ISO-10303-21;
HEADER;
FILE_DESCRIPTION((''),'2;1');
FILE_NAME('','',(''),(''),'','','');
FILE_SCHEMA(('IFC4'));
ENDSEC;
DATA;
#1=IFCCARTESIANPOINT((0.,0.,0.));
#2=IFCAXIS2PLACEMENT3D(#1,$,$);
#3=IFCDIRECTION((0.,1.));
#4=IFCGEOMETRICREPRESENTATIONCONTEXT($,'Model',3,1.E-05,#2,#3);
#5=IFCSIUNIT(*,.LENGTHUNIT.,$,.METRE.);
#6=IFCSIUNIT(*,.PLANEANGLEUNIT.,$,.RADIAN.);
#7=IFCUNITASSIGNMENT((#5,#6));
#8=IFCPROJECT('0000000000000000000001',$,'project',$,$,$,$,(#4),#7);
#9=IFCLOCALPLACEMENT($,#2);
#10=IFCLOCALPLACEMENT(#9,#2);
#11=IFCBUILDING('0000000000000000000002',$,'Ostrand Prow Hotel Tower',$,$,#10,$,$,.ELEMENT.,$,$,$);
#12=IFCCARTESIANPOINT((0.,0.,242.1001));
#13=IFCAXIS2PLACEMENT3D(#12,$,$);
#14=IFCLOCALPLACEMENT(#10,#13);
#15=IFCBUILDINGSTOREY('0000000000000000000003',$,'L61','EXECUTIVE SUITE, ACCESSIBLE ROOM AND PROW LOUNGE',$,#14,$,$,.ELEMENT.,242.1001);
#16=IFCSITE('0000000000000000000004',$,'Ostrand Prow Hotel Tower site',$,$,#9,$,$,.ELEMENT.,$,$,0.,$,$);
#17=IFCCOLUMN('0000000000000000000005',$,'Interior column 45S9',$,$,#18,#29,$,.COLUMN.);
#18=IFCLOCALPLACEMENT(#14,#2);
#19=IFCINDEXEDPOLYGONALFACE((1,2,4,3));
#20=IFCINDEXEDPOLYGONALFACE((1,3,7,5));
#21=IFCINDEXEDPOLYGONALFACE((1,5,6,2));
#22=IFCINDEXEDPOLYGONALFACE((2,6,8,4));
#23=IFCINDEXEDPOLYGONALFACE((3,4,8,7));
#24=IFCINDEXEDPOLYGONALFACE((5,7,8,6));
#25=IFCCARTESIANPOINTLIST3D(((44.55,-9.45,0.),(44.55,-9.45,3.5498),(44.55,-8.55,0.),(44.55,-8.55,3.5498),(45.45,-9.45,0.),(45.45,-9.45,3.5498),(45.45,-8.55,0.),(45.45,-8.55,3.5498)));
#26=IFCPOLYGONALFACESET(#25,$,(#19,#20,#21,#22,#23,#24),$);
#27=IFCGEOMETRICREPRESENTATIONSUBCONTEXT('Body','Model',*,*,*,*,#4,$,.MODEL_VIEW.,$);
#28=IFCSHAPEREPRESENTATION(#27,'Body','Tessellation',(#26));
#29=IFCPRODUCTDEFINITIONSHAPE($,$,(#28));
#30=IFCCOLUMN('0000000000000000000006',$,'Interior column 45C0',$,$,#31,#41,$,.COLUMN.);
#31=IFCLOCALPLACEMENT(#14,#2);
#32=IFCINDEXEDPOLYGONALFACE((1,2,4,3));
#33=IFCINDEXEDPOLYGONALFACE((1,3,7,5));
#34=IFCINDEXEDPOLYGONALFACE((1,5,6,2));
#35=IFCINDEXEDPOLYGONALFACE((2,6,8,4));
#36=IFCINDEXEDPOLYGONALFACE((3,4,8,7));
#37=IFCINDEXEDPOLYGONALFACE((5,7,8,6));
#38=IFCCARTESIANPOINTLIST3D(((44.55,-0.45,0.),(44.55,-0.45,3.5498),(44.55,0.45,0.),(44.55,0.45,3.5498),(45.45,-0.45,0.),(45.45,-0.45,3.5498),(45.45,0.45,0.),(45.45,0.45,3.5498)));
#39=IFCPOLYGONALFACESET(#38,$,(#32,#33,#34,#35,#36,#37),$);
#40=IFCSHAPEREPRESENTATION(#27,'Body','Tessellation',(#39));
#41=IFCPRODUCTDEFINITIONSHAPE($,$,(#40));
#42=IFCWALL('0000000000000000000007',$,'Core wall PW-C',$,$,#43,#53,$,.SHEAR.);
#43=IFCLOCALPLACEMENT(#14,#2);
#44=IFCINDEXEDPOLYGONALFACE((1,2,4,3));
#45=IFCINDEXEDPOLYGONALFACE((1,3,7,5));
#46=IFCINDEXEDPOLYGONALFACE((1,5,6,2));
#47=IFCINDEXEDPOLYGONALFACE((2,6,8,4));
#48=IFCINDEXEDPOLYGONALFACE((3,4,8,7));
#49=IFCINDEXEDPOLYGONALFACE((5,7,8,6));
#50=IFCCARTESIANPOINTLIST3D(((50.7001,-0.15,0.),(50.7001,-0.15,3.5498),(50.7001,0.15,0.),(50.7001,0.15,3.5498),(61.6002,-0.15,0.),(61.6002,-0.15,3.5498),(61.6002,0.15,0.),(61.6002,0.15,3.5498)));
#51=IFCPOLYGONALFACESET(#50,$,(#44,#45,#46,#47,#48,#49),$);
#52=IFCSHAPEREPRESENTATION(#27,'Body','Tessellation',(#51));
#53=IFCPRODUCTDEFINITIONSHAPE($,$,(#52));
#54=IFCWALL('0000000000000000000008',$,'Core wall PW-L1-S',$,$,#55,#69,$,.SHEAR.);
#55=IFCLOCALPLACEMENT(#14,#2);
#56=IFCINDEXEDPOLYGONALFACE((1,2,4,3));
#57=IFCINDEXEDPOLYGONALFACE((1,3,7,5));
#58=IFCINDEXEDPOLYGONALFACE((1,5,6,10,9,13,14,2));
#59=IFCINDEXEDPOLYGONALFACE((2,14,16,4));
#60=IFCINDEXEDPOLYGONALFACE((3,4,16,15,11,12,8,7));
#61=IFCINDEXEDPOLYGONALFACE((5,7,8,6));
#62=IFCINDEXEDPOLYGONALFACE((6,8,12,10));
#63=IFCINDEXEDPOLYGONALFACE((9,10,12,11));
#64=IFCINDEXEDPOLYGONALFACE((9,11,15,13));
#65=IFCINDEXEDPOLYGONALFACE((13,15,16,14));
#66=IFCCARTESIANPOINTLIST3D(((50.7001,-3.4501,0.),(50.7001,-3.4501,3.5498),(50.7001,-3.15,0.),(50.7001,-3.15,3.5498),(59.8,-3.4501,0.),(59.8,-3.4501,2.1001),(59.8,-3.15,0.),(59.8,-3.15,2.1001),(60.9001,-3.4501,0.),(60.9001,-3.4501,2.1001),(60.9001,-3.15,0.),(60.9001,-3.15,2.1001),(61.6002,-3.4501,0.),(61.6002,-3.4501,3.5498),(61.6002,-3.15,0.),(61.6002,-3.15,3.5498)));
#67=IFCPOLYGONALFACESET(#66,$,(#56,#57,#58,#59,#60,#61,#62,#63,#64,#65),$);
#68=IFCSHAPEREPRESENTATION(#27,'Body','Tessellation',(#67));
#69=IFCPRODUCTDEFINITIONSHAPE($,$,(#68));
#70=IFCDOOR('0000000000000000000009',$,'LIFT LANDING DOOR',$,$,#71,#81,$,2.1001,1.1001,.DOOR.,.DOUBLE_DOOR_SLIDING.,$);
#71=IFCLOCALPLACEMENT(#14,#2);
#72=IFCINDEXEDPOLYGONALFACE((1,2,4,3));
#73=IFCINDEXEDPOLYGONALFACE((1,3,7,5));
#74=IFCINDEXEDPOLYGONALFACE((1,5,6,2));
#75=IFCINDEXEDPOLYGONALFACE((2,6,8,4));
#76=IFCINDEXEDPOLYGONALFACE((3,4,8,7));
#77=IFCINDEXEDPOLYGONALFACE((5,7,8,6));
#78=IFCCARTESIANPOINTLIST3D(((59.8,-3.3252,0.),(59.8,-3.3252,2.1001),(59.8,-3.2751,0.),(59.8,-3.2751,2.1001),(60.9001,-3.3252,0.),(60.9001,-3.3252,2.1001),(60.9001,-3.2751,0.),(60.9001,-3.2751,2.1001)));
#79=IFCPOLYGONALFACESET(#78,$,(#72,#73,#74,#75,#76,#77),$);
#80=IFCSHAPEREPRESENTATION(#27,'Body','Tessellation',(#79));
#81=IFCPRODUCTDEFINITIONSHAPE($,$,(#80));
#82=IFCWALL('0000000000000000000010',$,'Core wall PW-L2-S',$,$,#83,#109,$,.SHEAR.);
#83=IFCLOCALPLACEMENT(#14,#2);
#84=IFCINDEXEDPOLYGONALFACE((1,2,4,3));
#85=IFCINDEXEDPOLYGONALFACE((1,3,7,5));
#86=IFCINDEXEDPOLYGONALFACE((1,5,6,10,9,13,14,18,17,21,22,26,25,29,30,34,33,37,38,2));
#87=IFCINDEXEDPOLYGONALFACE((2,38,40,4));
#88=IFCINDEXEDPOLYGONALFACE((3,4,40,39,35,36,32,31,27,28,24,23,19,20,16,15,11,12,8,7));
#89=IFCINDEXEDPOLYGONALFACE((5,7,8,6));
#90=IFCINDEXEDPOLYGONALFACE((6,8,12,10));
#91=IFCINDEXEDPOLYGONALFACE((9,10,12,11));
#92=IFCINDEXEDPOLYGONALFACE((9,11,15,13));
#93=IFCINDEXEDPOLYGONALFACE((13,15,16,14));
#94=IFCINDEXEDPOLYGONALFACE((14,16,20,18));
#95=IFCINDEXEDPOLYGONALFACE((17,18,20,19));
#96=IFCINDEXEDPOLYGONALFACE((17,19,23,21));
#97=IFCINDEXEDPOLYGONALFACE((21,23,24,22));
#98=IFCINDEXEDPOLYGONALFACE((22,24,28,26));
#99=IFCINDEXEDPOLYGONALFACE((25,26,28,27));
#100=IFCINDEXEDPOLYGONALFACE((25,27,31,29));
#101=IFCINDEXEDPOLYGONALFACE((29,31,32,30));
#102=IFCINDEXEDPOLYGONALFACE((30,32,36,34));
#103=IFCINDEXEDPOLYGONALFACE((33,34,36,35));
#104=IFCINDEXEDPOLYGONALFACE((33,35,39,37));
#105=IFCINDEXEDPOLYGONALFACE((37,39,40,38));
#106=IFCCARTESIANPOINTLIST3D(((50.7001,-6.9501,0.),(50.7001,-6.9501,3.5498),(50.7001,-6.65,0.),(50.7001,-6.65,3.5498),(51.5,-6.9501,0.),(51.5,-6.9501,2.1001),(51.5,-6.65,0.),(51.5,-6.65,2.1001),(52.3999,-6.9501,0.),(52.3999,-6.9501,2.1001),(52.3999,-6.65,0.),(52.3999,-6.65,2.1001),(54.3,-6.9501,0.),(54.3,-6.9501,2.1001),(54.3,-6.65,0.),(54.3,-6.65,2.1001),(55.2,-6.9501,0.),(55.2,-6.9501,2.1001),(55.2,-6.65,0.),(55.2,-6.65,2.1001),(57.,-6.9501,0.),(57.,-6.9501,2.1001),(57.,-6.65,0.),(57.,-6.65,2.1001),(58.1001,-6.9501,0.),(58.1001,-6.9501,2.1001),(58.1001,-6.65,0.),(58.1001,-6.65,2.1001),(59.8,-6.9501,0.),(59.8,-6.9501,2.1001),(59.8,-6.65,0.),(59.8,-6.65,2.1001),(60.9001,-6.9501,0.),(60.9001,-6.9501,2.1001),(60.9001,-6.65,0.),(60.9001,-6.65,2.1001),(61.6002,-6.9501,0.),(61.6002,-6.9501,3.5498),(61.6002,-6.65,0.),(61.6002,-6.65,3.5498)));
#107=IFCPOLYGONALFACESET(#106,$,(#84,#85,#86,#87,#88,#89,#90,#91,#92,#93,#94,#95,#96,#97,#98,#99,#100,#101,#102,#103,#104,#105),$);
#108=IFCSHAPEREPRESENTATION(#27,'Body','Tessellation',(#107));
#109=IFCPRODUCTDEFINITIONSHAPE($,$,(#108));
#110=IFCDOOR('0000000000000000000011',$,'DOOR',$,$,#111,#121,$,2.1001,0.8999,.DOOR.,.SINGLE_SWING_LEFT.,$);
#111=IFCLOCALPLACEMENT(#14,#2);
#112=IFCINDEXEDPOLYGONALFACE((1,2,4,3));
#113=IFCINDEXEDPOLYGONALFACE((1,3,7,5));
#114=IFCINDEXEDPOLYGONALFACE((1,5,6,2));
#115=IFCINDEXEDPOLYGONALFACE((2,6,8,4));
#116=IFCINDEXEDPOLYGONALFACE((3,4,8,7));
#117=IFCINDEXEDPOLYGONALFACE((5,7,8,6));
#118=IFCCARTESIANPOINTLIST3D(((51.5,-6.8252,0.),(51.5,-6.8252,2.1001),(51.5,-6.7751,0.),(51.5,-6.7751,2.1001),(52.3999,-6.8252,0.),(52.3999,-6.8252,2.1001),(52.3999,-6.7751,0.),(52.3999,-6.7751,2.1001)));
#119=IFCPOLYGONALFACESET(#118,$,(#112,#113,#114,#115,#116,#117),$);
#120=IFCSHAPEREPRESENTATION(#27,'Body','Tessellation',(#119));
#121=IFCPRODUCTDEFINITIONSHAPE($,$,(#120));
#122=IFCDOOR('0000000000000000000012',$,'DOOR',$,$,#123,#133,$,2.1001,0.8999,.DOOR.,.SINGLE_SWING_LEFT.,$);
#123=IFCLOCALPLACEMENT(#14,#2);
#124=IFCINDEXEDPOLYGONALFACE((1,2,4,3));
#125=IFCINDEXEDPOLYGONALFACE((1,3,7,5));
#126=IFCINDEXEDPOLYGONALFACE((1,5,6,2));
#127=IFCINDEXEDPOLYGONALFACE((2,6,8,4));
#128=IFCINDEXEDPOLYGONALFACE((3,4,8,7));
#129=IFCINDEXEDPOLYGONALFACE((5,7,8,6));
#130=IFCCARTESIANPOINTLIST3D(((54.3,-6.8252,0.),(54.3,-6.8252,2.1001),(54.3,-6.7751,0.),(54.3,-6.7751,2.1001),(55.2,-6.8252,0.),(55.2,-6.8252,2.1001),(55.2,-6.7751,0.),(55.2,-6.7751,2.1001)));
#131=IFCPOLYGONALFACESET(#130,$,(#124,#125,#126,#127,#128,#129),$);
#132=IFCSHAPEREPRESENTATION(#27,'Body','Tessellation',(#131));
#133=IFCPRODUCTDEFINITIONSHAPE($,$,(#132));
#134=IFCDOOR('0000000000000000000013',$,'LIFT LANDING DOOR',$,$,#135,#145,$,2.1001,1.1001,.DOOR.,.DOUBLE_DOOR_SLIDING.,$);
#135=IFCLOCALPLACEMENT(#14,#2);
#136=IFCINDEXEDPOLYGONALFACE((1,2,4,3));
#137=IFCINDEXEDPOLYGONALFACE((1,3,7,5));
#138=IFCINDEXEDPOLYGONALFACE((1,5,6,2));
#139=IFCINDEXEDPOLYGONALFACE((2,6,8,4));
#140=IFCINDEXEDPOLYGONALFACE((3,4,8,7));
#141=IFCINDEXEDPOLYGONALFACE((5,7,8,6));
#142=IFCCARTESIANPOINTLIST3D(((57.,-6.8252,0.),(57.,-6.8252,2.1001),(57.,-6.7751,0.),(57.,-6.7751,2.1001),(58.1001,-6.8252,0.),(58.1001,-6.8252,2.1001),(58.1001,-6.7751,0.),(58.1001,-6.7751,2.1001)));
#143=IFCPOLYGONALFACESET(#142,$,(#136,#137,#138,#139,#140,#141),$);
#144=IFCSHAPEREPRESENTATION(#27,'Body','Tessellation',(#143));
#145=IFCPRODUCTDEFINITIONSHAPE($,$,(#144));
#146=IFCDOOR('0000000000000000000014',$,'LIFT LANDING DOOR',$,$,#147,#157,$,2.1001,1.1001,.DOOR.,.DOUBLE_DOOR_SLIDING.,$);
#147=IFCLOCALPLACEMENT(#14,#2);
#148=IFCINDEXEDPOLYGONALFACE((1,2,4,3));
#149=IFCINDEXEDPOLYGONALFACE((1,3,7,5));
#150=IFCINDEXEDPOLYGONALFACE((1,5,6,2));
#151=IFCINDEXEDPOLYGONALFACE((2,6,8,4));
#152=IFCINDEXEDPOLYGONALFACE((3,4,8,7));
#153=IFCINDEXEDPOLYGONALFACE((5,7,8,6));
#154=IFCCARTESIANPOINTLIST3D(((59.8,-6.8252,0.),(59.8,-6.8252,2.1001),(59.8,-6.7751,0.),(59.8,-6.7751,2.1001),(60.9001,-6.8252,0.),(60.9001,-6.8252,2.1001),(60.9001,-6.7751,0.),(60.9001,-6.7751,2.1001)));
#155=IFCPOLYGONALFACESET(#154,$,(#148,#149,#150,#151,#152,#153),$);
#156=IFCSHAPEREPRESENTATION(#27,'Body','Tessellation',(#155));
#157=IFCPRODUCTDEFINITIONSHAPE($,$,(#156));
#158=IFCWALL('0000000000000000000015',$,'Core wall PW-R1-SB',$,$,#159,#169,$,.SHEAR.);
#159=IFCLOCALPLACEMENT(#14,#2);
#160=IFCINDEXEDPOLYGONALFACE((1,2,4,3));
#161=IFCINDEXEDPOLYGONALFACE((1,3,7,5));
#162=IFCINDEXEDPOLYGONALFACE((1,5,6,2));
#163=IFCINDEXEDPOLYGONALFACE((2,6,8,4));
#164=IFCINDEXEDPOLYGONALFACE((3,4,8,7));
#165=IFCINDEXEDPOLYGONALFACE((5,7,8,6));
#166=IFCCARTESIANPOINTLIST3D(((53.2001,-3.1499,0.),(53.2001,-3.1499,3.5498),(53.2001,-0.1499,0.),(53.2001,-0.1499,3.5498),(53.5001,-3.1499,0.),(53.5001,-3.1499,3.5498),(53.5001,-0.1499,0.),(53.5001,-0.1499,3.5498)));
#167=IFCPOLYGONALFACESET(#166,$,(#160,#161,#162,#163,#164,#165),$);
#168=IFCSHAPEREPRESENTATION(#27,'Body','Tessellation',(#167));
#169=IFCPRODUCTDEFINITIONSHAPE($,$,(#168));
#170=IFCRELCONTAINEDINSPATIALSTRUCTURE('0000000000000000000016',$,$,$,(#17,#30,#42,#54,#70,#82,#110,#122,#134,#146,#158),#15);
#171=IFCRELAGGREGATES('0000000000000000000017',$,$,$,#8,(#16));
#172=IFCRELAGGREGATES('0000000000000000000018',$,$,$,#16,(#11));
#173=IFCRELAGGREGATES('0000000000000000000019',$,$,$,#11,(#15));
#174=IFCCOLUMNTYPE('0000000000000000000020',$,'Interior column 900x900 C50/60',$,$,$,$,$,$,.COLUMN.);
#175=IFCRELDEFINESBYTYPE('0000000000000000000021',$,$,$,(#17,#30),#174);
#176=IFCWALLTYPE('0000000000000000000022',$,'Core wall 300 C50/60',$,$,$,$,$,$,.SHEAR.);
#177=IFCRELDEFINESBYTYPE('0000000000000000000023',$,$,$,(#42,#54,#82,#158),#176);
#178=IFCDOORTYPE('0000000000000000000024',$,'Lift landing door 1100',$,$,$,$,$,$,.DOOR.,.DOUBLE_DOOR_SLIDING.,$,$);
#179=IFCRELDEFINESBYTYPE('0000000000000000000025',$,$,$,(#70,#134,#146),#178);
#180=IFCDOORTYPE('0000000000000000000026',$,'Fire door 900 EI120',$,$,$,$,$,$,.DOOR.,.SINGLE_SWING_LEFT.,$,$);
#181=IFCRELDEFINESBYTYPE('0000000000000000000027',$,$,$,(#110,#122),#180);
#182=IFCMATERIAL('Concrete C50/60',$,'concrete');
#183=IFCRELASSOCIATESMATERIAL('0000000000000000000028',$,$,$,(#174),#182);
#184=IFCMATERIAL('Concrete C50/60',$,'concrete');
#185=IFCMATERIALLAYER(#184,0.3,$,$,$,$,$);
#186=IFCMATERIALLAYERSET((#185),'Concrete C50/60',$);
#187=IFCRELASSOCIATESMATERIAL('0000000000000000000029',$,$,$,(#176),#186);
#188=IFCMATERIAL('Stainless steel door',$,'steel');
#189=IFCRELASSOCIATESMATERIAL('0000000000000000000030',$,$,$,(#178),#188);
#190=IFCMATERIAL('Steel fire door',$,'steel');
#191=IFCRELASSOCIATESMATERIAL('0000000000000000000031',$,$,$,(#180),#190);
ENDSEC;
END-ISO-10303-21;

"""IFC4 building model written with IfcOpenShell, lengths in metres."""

from ifc_helpers import new_model, si_unit, direction, frame, frame_2d, origin, origin_2d, place, context, subcontext, project, spatial, rectangle, extrude, material, layer, layer_set, material_profile, profile_set, type_object, element, fill, save


model = new_model("IFC4")

# Units and contexts
model_context = context("Model", 3, precision=1e-05, world=origin(), true_north=direction((0.0, 1.0)))
body_context = subcontext(model_context, "Body", "Model", "MODEL_VIEW")
ifc_project = project(units=[si_unit("LENGTHUNIT", "METRE"), si_unit("PLANEANGLEUNIT", "RADIAN")], contexts=[model_context])

# Site, building, storey
site_placement = place(None, origin())
site = spatial("IfcSite", under=ifc_project, at=site_placement, Name="Ostrand Prow Hotel Tower site", CompositionType="ELEMENT", RefElevation=0.0)
building_placement = place(site_placement, origin())
building = spatial("IfcBuilding", under=site, at=building_placement, Name="Ostrand Prow Hotel Tower", CompositionType="ELEMENT")
storey_placement = place(building_placement, frame((0.0, 0.0, 242.1001)))
storey = spatial("IfcBuildingStorey", under=building, at=storey_placement, Name="L61", Description="EXECUTIVE SUITE, ACCESSIBLE ROOM AND PROW LOUNGE", CompositionType="ELEMENT", Elevation=242.1001)

# Columns
ifc_material_1 = material(Name="Concrete C50/60", Category="concrete")
ifc_material_profile = material_profile(ifc_material_1, rectangle(XDim=0.8999, YDim=0.8999, at=origin_2d()), Name="RC 900x900")
ifc_profile_set = profile_set([ifc_material_profile], Name="Concrete C50/60")
column_type = type_object("IfcColumnType", Name="Interior column 900x900 C50/60", PredefinedType="COLUMN", material=ifc_profile_set)
for number, where, z_axis, x_axis, name in (
    (1, (45.0, -9.0, 0.0), (0.0, 0.0, 1.0), (1.0, 0.0, 0.0), "Interior column 45S9"),
    (2, (45.0, 0.0, 0.0), (0.0, 0.0, 1.0), (1.0, 0.0, 0.0), "Interior column 45C0"),
):
    element("IfcColumn", number, at=place(storey_placement, frame(where, z_axis=z_axis, x_axis=x_axis)), inside=storey, type_object=column_type, Name=name, PredefinedType="COLUMN", context=body_context, shape_type="SweptSolid", body=[
        extrude(rectangle(XDim=0.8999, YDim=0.8999, at=origin_2d()), origin(), (0.0, 0.0, 1.0), 3.5498),
    ])

# Wall
ifc_material_2 = material(Name="Concrete C50/60", Category="concrete")
ifc_layer_1 = layer(ifc_material_2, 0.3)
ifc_layer_set_1 = layer_set([ifc_layer_1], Name="Concrete C50/60")
wall_type_1 = type_object("IfcWallType", Name="Core wall 300 C50/60", PredefinedType="SHEAR", material=ifc_layer_set_1)
wall_1_placement = place(storey_placement, frame((50.7, 0.0, 0.0), z_axis=(0.0, 0.0, 1.0), x_axis=(1.0, 0.0, 0.0)))
element("IfcWall", 3, at=wall_1_placement, inside=storey, type_object=wall_type_1, Name="Core wall PW-C", PredefinedType="SHEAR", context=body_context, shape_type="SweptSolid", body=[
    extrude(rectangle(XDim=10.9001, YDim=0.3, at=frame_2d((5.4502, 0.0))), origin(), (0.0, 0.0, 1.0), 3.5498),
])

# Wall, opening, door
wall_2_placement = place(storey_placement, frame((50.7, -3.3, 0.0), z_axis=(0.0, 0.0, 1.0), x_axis=(1.0, 0.0, 0.0)))
wall_2 = element("IfcWall", 4, at=wall_2_placement, inside=storey, type_object=wall_type_1, Name="Core wall PW-L1-S", PredefinedType="SHEAR", context=body_context, shape_type="SweptSolid", body=[
    extrude(rectangle(XDim=10.9001, YDim=0.3, at=frame_2d((5.4502, 0.0))), origin(), (0.0, 0.0, 1.0), 3.5498),
])
opening_1_placement = place(wall_2_placement, frame((9.1001, 0.0, 0.0)))
opening_1 = element("IfcOpeningElement", 5, at=opening_1_placement, cuts=wall_2, PredefinedType="OPENING", context=body_context, shape_type="SweptSolid", body=[
    extrude(rectangle(XDim=1.1001, YDim=2.1001, at=frame_2d((0.55, 1.05))), frame((0.0, 0.1599, 0.0), z_axis=(0.0, -1.0, 0.0), x_axis=(1.0, 0.0, 0.0)), (0.0, 0.0, 1.0), 0.3201),
])
ifc_material_3 = material(Name="Stainless steel door", Category="steel")
door_type_1 = type_object("IfcDoorType", Name="Lift landing door 1100", OperationType="DOUBLE_DOOR_SLIDING", PredefinedType="DOOR", material=ifc_material_3)
door_1_placement = place(opening_1_placement, origin())
door_1 = element("IfcDoor", 6, at=door_1_placement, inside=storey, type_object=door_type_1, Name="LIFT LANDING DOOR", OperationType="DOUBLE_DOOR_SLIDING", OverallHeight=2.1001, OverallWidth=1.1001, PredefinedType="DOOR", context=body_context, shape_type="SweptSolid", body=[
    extrude(rectangle(XDim=1.1001, YDim=2.1001, at=frame_2d((0.55, 1.05))), frame((0.0, 0.0249, 0.0), z_axis=(0.0, -1.0, 0.0), x_axis=(1.0, 0.0, 0.0)), (0.0, 0.0, 1.0), 0.05),
])
fill(opening_1, door_1)

# Wall, openings, doors
wall_3_placement = place(storey_placement, frame((50.7, -6.8, 0.0), z_axis=(0.0, 0.0, 1.0), x_axis=(1.0, 0.0, 0.0)))
wall_3 = element("IfcWall", 7, at=wall_3_placement, inside=storey, type_object=wall_type_1, Name="Core wall PW-L2-S", PredefinedType="SHEAR", context=body_context, shape_type="SweptSolid", body=[
    extrude(rectangle(XDim=10.9001, YDim=0.3, at=frame_2d((5.4502, 0.0))), origin(), (0.0, 0.0, 1.0), 3.5498),
])
opening_2_placement = place(wall_3_placement, frame((6.3, 0.0, 0.0)))
opening_2 = element("IfcOpeningElement", 8, at=opening_2_placement, cuts=wall_3, PredefinedType="OPENING", context=body_context, shape_type="SweptSolid", body=[
    extrude(rectangle(XDim=1.1001, YDim=2.1001, at=frame_2d((0.55, 1.05))), frame((0.0, 0.1599, 0.0), z_axis=(0.0, -1.0, 0.0), x_axis=(1.0, 0.0, 0.0)), (0.0, 0.0, 1.0), 0.3201),
])
opening_3_placement = place(wall_3_placement, frame((9.1001, 0.0, 0.0)))
opening_3 = element("IfcOpeningElement", 9, at=opening_3_placement, cuts=wall_3, PredefinedType="OPENING", context=body_context, shape_type="SweptSolid", body=[
    extrude(rectangle(XDim=1.1001, YDim=2.1001, at=frame_2d((0.55, 1.05))), frame((0.0, 0.1599, 0.0), z_axis=(0.0, -1.0, 0.0), x_axis=(1.0, 0.0, 0.0)), (0.0, 0.0, 1.0), 0.3201),
])
opening_4_placement = place(wall_3_placement, frame((0.8, 0.0, 0.0)))
opening_4 = element("IfcOpeningElement", 10, at=opening_4_placement, cuts=wall_3, PredefinedType="OPENING", context=body_context, shape_type="SweptSolid", body=[
    extrude(rectangle(XDim=0.8999, YDim=2.1001, at=frame_2d((0.45, 1.05))), frame((0.0, 0.1599, 0.0), z_axis=(0.0, -1.0, 0.0), x_axis=(1.0, 0.0, 0.0)), (0.0, 0.0, 1.0), 0.3201),
])
opening_5_placement = place(wall_3_placement, frame((3.6001, 0.0, 0.0)))
opening_5 = element("IfcOpeningElement", 11, at=opening_5_placement, cuts=wall_3, PredefinedType="OPENING", context=body_context, shape_type="SweptSolid", body=[
    extrude(rectangle(XDim=0.8999, YDim=2.1001, at=frame_2d((0.45, 1.05))), frame((0.0, 0.1599, 0.0), z_axis=(0.0, -1.0, 0.0), x_axis=(1.0, 0.0, 0.0)), (0.0, 0.0, 1.0), 0.3201),
])
ifc_material_4 = material(Name="Steel fire door", Category="steel")
door_type_2 = type_object("IfcDoorType", Name="Fire door 900 EI120", OperationType="SINGLE_SWING_LEFT", PredefinedType="DOOR", material=ifc_material_4)
door_2_placement = place(opening_4_placement, origin())
door_2 = element("IfcDoor", 12, at=door_2_placement, inside=storey, type_object=door_type_2, Name="DOOR", OperationType="SINGLE_SWING_LEFT", OverallHeight=2.1001, OverallWidth=0.8999, PredefinedType="DOOR", context=body_context, shape_type="SweptSolid", body=[
    extrude(rectangle(XDim=0.8999, YDim=2.1001, at=frame_2d((0.45, 1.05))), frame((0.0, 0.0249, 0.0), z_axis=(0.0, -1.0, 0.0), x_axis=(1.0, 0.0, 0.0)), (0.0, 0.0, 1.0), 0.05),
])
fill(opening_4, door_2)
door_3_placement = place(opening_5_placement, origin())
door_3 = element("IfcDoor", 13, at=door_3_placement, inside=storey, type_object=door_type_2, Name="DOOR", OperationType="SINGLE_SWING_LEFT", OverallHeight=2.1001, OverallWidth=0.8999, PredefinedType="DOOR", context=body_context, shape_type="SweptSolid", body=[
    extrude(rectangle(XDim=0.8999, YDim=2.1001, at=frame_2d((0.45, 1.05))), frame((0.0, 0.0249, 0.0), z_axis=(0.0, -1.0, 0.0), x_axis=(1.0, 0.0, 0.0)), (0.0, 0.0, 1.0), 0.05),
])
fill(opening_5, door_3)
door_4_placement = place(opening_2_placement, origin())
door_4 = element("IfcDoor", 14, at=door_4_placement, inside=storey, type_object=door_type_1, Name="LIFT LANDING DOOR", OperationType="DOUBLE_DOOR_SLIDING", OverallHeight=2.1001, OverallWidth=1.1001, PredefinedType="DOOR", context=body_context, shape_type="SweptSolid", body=[
    extrude(rectangle(XDim=1.1001, YDim=2.1001, at=frame_2d((0.55, 1.05))), frame((0.0, 0.0249, 0.0), z_axis=(0.0, -1.0, 0.0), x_axis=(1.0, 0.0, 0.0)), (0.0, 0.0, 1.0), 0.05),
])
fill(opening_2, door_4)
door_5_placement = place(opening_3_placement, origin())
door_5 = element("IfcDoor", 15, at=door_5_placement, inside=storey, type_object=door_type_1, Name="LIFT LANDING DOOR", OperationType="DOUBLE_DOOR_SLIDING", OverallHeight=2.1001, OverallWidth=1.1001, PredefinedType="DOOR", context=body_context, shape_type="SweptSolid", body=[
    extrude(rectangle(XDim=1.1001, YDim=2.1001, at=frame_2d((0.55, 1.05))), frame((0.0, 0.0249, 0.0), z_axis=(0.0, -1.0, 0.0), x_axis=(1.0, 0.0, 0.0)), (0.0, 0.0, 1.0), 0.05),
])
fill(opening_3, door_5)

# Wall
for number, where, z_axis, x_axis, name in (
    (16, (53.3501, -3.1499, 0.0), (0.0, 0.0, 1.0), (0.0, 1.0, 0.0), "Core wall PW-R1-SB"),
):
    element("IfcWall", number, at=place(storey_placement, frame(where, z_axis=z_axis, x_axis=x_axis)), inside=storey, type_object=wall_type_1, Name=name, PredefinedType="SHEAR", context=body_context, shape_type="SweptSolid", body=[
        extrude(rectangle(XDim=3.0, YDim=0.3, at=frame_2d((1.5, 0.0))), origin(), (0.0, 0.0, 1.0), 3.5498),
    ])

save(model, "model.ifc")
